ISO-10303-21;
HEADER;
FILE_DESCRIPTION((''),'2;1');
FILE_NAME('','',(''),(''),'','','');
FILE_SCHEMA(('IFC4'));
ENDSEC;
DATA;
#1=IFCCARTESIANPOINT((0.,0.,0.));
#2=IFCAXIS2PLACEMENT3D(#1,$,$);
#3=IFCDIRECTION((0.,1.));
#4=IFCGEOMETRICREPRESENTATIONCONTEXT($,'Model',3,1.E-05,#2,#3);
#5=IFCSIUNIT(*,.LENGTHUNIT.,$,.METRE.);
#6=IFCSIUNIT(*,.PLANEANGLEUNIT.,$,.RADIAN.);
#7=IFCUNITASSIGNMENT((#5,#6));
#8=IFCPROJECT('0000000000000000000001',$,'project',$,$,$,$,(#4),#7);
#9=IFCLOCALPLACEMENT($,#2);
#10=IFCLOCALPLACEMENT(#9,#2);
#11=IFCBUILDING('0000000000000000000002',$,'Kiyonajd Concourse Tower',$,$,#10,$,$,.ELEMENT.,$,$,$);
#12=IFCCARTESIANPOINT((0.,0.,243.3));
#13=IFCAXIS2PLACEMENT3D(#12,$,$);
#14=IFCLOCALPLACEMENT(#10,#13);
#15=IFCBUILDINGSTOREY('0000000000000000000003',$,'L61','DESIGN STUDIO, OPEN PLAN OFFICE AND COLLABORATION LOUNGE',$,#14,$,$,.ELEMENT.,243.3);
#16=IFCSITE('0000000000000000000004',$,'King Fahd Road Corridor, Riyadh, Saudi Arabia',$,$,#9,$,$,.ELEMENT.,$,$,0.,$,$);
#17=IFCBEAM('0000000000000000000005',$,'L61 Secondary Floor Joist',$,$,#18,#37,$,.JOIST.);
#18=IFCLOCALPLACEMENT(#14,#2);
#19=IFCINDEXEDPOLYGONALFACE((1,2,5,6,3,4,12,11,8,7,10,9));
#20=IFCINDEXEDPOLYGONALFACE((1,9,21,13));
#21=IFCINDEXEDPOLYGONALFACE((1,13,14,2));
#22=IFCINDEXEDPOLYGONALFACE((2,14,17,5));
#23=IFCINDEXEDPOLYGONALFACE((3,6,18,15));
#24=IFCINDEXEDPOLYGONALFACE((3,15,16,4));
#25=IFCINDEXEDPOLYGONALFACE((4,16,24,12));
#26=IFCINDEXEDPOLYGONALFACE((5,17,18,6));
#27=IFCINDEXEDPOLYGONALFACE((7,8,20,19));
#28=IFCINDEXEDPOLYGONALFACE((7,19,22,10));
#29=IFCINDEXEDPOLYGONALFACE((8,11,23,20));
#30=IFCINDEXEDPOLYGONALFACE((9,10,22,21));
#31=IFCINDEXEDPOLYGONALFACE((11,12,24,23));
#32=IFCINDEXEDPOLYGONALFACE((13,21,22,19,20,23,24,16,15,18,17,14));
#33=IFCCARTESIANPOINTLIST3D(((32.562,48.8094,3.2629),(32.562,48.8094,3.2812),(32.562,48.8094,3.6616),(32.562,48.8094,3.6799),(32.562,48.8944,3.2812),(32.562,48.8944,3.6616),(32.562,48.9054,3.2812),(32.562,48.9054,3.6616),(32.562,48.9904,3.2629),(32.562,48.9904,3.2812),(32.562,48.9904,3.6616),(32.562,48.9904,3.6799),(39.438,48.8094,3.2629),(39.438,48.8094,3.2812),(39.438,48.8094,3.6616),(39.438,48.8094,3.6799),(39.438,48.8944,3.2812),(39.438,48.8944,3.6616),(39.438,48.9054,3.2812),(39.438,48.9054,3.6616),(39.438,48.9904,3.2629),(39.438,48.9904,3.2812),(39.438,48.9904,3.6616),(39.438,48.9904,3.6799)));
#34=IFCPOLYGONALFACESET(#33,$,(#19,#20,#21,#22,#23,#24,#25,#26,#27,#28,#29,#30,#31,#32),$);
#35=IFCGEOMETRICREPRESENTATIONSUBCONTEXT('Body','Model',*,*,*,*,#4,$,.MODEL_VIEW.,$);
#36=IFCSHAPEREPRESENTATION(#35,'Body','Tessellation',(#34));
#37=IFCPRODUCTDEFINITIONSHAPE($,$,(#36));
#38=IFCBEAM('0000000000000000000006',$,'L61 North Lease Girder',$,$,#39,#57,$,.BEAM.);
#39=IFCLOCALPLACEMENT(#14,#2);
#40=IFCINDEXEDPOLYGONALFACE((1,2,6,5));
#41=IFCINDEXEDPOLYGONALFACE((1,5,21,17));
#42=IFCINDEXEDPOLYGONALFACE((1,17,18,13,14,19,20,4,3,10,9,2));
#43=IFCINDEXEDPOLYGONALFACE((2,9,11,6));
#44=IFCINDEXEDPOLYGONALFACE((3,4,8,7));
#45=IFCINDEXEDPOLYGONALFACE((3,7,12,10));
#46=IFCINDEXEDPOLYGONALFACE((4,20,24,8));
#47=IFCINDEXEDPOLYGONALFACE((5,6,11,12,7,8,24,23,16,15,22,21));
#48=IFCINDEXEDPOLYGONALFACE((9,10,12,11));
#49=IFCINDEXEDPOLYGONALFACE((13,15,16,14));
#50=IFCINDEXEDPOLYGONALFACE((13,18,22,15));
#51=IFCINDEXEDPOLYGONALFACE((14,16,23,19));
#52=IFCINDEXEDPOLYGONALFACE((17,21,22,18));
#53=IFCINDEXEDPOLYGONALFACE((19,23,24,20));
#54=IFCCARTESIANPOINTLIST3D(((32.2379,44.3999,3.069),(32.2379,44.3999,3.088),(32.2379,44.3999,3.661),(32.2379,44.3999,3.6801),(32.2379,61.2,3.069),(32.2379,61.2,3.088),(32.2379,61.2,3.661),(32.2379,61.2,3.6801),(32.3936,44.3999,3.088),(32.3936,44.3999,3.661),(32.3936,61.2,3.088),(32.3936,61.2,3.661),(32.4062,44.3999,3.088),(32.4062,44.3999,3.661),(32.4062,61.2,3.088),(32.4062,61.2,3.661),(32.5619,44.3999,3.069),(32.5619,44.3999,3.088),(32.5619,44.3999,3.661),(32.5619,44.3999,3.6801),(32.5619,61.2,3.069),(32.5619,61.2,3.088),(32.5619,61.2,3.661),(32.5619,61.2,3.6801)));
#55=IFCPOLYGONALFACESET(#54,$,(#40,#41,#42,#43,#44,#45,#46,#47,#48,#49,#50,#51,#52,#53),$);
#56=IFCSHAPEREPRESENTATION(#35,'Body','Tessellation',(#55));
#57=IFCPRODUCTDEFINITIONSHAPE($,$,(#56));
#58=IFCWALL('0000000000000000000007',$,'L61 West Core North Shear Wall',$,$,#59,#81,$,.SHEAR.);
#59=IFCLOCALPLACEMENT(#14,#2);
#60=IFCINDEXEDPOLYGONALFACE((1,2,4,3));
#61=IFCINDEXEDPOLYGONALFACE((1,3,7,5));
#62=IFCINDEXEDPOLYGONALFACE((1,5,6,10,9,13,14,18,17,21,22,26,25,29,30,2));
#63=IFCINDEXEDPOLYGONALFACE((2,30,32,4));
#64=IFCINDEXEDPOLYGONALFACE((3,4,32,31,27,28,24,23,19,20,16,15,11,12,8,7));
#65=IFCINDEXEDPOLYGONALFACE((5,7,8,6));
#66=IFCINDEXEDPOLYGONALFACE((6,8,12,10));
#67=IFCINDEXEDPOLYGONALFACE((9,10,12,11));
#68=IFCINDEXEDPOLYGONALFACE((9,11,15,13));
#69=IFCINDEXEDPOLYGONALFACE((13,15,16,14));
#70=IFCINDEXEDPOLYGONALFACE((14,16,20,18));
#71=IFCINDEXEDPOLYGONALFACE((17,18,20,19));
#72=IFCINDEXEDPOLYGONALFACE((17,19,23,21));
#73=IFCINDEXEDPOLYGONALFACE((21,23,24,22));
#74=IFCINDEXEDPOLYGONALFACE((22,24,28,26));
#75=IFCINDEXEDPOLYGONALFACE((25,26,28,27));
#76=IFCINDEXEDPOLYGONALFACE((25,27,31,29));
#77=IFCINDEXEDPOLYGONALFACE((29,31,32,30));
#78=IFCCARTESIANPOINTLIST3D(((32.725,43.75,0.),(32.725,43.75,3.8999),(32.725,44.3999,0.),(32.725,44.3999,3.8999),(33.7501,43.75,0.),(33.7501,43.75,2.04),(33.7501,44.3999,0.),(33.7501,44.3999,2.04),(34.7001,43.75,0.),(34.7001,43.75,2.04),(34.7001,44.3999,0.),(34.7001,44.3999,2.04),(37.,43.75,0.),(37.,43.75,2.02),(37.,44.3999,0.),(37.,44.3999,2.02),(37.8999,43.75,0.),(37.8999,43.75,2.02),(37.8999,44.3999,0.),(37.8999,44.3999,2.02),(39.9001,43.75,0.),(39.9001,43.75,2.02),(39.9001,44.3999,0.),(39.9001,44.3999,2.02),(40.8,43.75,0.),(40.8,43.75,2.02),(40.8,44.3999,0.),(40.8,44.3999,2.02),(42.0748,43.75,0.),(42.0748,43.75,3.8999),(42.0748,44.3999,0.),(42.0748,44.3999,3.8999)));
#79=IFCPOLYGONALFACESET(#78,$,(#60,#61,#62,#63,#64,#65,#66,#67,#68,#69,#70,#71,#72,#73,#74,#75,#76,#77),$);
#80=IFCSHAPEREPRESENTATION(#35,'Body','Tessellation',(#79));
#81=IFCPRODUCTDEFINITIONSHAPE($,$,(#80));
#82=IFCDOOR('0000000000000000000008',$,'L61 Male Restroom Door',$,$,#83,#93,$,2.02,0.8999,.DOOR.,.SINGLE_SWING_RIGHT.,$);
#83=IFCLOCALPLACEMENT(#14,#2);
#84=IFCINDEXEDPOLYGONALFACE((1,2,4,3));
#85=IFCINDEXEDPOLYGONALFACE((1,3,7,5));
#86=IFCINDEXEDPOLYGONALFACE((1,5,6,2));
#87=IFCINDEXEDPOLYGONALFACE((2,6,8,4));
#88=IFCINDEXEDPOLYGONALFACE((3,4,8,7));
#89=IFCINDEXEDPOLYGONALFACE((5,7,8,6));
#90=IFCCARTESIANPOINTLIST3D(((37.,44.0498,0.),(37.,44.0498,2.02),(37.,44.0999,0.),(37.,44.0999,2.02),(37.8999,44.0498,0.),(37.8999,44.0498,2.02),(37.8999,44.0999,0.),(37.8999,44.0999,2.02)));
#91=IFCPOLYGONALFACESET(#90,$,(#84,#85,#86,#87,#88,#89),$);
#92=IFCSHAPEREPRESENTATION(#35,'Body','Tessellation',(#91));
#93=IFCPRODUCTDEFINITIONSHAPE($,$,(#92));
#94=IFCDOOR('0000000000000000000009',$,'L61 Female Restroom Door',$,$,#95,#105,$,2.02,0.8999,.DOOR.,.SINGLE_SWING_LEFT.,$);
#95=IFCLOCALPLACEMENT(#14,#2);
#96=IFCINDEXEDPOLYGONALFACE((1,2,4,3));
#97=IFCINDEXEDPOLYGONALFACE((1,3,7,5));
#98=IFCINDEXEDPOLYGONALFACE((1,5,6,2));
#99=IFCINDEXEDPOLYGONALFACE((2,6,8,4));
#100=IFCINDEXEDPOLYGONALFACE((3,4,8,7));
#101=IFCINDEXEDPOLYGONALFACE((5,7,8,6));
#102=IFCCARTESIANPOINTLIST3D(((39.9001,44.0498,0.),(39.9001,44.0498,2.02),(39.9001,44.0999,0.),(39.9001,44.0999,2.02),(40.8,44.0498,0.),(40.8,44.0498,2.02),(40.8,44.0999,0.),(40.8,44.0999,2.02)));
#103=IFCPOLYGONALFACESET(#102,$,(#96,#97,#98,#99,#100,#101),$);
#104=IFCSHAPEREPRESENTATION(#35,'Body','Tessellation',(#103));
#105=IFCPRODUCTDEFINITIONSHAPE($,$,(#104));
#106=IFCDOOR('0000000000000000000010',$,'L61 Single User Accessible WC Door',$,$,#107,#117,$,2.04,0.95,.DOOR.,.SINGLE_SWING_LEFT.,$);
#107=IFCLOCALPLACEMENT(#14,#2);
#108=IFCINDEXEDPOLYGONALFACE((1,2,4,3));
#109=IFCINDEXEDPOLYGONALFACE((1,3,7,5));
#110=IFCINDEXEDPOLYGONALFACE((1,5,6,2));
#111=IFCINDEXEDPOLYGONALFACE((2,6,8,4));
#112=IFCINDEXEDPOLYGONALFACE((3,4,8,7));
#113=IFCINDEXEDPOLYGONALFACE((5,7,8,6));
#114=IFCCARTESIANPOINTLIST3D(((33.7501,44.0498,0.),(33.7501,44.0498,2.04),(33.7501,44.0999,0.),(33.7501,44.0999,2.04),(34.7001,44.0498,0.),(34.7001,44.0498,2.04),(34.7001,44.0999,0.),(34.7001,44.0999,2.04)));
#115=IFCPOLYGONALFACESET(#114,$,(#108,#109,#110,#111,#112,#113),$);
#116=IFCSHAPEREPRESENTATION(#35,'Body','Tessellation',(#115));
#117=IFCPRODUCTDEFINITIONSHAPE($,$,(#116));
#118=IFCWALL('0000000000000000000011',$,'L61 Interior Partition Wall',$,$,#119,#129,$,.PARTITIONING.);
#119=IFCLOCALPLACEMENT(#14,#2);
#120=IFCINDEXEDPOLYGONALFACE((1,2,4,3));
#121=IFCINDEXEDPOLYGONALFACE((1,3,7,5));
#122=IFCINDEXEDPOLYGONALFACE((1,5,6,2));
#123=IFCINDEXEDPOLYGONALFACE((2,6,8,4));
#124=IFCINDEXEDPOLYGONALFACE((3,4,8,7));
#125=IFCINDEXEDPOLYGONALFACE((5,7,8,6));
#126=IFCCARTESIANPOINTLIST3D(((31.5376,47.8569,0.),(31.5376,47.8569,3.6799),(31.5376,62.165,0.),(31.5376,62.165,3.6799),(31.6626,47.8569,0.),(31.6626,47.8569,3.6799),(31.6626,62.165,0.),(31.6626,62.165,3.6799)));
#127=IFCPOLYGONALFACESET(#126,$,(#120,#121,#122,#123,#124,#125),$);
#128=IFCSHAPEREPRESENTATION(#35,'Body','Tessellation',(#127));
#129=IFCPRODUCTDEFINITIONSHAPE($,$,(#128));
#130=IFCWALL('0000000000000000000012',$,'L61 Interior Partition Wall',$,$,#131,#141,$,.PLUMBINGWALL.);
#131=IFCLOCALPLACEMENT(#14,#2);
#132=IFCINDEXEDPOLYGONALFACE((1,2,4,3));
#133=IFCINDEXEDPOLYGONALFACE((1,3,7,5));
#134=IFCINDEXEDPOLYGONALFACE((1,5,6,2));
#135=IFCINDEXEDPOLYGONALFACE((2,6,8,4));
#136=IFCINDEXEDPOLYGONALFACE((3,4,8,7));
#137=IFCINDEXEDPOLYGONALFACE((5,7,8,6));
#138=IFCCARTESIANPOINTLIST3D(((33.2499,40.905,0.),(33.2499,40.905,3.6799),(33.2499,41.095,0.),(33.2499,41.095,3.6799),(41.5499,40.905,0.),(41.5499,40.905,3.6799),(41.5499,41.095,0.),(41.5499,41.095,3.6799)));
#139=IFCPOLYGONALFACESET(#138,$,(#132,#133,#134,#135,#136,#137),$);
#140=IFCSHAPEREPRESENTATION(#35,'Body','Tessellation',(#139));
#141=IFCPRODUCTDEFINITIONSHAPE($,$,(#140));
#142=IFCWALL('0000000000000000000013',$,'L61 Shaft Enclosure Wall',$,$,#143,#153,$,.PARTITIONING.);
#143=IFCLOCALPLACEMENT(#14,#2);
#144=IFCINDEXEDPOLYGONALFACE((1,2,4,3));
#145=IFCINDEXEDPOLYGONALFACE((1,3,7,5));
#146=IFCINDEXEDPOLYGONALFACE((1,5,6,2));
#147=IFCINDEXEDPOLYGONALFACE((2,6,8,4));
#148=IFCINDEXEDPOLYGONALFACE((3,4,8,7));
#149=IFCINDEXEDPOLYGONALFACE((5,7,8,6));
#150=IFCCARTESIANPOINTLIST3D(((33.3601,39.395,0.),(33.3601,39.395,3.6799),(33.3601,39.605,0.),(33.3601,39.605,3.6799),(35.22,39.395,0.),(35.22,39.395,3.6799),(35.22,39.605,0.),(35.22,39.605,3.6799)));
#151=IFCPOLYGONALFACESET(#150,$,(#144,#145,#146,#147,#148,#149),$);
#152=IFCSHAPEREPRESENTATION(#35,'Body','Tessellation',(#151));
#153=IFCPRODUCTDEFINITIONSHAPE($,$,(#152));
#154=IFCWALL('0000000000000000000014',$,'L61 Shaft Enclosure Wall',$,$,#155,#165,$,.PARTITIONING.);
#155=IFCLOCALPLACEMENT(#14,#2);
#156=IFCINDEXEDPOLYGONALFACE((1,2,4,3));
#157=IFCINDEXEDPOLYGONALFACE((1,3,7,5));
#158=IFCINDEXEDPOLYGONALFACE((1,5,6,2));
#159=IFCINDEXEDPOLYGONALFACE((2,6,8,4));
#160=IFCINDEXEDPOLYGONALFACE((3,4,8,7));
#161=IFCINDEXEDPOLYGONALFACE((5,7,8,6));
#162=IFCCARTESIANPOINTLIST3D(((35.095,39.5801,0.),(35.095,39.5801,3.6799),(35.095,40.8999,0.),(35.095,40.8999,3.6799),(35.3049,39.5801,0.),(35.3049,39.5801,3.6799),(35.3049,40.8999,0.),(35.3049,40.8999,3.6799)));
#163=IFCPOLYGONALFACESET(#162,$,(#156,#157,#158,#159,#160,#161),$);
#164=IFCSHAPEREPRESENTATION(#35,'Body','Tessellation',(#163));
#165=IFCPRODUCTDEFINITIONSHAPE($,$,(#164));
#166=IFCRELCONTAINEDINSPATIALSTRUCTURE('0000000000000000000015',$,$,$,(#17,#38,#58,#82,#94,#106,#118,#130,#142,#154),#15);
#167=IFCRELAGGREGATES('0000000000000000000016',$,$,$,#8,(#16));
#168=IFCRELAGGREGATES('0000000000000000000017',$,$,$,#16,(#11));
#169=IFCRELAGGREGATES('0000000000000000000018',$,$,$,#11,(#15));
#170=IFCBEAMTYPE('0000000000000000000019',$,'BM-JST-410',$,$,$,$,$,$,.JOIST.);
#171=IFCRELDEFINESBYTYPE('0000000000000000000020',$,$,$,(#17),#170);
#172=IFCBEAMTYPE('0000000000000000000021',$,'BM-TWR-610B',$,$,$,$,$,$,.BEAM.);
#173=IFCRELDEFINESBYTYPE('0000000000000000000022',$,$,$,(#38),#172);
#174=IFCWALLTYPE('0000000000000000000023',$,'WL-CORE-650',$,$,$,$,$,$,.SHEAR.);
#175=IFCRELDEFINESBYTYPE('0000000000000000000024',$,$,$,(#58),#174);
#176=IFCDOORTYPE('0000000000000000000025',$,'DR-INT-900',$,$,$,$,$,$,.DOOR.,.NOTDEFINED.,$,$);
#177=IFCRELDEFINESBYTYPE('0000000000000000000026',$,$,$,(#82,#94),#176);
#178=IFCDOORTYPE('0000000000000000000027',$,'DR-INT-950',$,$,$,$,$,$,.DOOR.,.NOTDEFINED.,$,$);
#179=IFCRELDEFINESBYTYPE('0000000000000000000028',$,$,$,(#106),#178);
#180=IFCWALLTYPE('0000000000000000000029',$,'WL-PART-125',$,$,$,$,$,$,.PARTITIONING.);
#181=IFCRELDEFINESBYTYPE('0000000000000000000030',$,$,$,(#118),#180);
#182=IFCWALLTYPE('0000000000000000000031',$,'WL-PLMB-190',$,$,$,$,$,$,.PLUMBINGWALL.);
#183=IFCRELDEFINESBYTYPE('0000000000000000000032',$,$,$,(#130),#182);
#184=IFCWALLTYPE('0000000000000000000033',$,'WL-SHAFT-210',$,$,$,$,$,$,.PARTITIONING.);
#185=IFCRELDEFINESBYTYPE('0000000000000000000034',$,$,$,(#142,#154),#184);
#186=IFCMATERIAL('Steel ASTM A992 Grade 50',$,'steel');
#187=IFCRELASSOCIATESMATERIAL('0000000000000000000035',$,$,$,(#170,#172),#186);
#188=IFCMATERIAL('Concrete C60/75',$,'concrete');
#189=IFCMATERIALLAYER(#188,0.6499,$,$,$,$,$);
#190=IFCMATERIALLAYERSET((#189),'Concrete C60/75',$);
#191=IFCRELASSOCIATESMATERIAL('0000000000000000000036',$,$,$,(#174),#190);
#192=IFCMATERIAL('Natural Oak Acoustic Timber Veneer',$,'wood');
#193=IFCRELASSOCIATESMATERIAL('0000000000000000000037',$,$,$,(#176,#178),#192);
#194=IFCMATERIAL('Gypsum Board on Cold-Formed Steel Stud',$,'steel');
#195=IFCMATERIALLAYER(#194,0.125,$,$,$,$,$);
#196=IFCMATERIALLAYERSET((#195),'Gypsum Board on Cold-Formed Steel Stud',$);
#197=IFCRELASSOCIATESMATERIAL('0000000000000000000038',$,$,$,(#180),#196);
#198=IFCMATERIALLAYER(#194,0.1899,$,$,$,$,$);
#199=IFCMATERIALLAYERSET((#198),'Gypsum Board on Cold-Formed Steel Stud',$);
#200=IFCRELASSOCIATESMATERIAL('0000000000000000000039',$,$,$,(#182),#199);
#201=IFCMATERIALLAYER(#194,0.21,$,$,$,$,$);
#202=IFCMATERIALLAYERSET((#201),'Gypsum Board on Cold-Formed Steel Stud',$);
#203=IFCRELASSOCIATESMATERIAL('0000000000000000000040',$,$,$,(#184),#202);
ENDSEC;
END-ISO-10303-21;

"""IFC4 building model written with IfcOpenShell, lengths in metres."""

from ifc_helpers import new_model, si_unit, direction, frame, frame_2d, origin, origin_2d, place, context, subcontext, project, spatial, rectangle, i_section, extrude, material, layer, layer_set, material_profile, profile_set, type_object, element, fill, save


model = new_model("IFC4")

# Units and contexts
model_context = context("Model", 3, precision=1e-05, world=origin(), true_north=direction((0.0, 1.0)))
body_context = subcontext(model_context, "Body", "Model", "MODEL_VIEW")
ifc_project = project(units=[si_unit("LENGTHUNIT", "METRE"), si_unit("PLANEANGLEUNIT", "RADIAN")], contexts=[model_context])

# Site, building, storey
site_placement = place(None, origin())
site = spatial("IfcSite", under=ifc_project, at=site_placement, Name="King Fahd Road Corridor, Riyadh, Saudi Arabia", CompositionType="ELEMENT", RefElevation=0.0)
building_placement = place(site_placement, origin())
building = spatial("IfcBuilding", under=site, at=building_placement, Name="Kiyonajd Concourse Tower", CompositionType="ELEMENT")
storey_placement = place(building_placement, frame((0.0, 0.0, 243.3)))
storey = spatial("IfcBuildingStorey", under=building, at=storey_placement, Name="L61", Description="DESIGN STUDIO, OPEN PLAN OFFICE AND COLLABORATION LOUNGE", CompositionType="ELEMENT", Elevation=243.3)

# Beams
ifc_material_1 = material(Name="Steel ASTM A992 Grade 50", Category="steel")
ifc_material_profile_1 = material_profile(ifc_material_1, i_section(OverallWidth=0.1809, OverallDepth=0.417, WebThickness=0.011, FlangeThickness=0.0183, at=origin_2d()), Name="W410X85")
ifc_profile_set_1 = profile_set([ifc_material_profile_1], Name="Steel ASTM A992 Grade 50")
beam_type_1 = type_object("IfcBeamType", Name="BM-JST-410", PredefinedType="JOIST", material=ifc_profile_set_1)
beam_1_placement = place(storey_placement, frame((32.562, 48.8999, 3.4714), z_axis=(1.0, 0.0, 0.0), x_axis=(0.0, 1.0, 0.0)))
element("IfcBeam", 1, at=beam_1_placement, inside=storey, type_object=beam_type_1, Name="L61 Secondary Floor Joist", PredefinedType="JOIST", context=body_context, shape_type="SweptSolid", body=[
    extrude(i_section(OverallWidth=0.1809, OverallDepth=0.417, WebThickness=0.011, FlangeThickness=0.0183, at=origin_2d()), origin(), (0.0, 0.0, 1.0), 6.876),
])
ifc_material_profile_2 = material_profile(ifc_material_1, i_section(OverallWidth=0.324, OverallDepth=0.6111, WebThickness=0.0127, FlangeThickness=0.019, at=origin_2d()), Name="W610X155")
ifc_profile_set_2 = profile_set([ifc_material_profile_2], Name="Steel ASTM A992 Grade 50")
beam_type_2 = type_object("IfcBeamType", Name="BM-TWR-610B", PredefinedType="BEAM", material=ifc_profile_set_2)
beam_2_placement = place(storey_placement, frame((32.3999, 44.3999, 3.3745), z_axis=(0.0, 1.0, 0.0), x_axis=(-1.0, 0.0, 0.0)))
element("IfcBeam", 2, at=beam_2_placement, inside=storey, type_object=beam_type_2, Name="L61 North Lease Girder", PredefinedType="BEAM", context=body_context, shape_type="SweptSolid", body=[
    extrude(i_section(OverallWidth=0.324, OverallDepth=0.6111, WebThickness=0.0127, FlangeThickness=0.019, at=origin_2d()), origin(), (0.0, 0.0, 1.0), 16.8),
])

# Wall, openings, doors
ifc_material_2 = material(Name="Concrete C60/75", Category="concrete")
ifc_layer_1 = layer(ifc_material_2, 0.6499)
ifc_layer_set_1 = layer_set([ifc_layer_1], Name="Concrete C60/75")
wall_type_1 = type_object("IfcWallType", Name="WL-CORE-650", PredefinedType="SHEAR", material=ifc_layer_set_1)
wall_1_placement = place(storey_placement, frame((32.7251, 44.075, 0.0), z_axis=(0.0, 0.0, 1.0), x_axis=(1.0, 0.0, 0.0)))
wall_1 = element("IfcWall", 3, at=wall_1_placement, inside=storey, type_object=wall_type_1, Name="L61 West Core North Shear Wall", PredefinedType="SHEAR", context=body_context, shape_type="SweptSolid", body=[
    extrude(rectangle(XDim=9.3499, YDim=0.6499, at=frame_2d((4.6748, 0.0))), origin(), (0.0, 0.0, 1.0), 3.8999),
])
opening_1_placement = place(wall_1_placement, frame((1.0249, 0.0, 0.0)))
opening_1 = element("IfcOpeningElement", 4, at=opening_1_placement, cuts=wall_1, PredefinedType="OPENING", context=body_context, shape_type="SweptSolid", body=[
    extrude(rectangle(XDim=0.95, YDim=2.04, at=frame_2d((0.4751, 1.02))), frame((0.0, 0.335, 0.0), z_axis=(0.0, -1.0, 0.0), x_axis=(1.0, 0.0, 0.0)), (0.0, 0.0, 1.0), 0.6699),
])
opening_2_placement = place(wall_1_placement, frame((4.2749, 0.0, 0.0)))
opening_2 = element("IfcOpeningElement", 5, at=opening_2_placement, cuts=wall_1, PredefinedType="OPENING", context=body_context, shape_type="SweptSolid", body=[
    extrude(rectangle(XDim=0.8999, YDim=2.02, at=frame_2d((0.45, 1.01))), frame((0.0, 0.335, 0.0), z_axis=(0.0, -1.0, 0.0), x_axis=(1.0, 0.0, 0.0)), (0.0, 0.0, 1.0), 0.6699),
])
opening_3_placement = place(wall_1_placement, frame((7.175, 0.0, 0.0)))
opening_3 = element("IfcOpeningElement", 6, at=opening_3_placement, cuts=wall_1, PredefinedType="OPENING", context=body_context, shape_type="SweptSolid", body=[
    extrude(rectangle(XDim=0.8999, YDim=2.02, at=frame_2d((0.45, 1.01))), frame((0.0, 0.335, 0.0), z_axis=(0.0, -1.0, 0.0), x_axis=(1.0, 0.0, 0.0)), (0.0, 0.0, 1.0), 0.6699),
])
ifc_material_3 = material(Name="Natural Oak Acoustic Timber Veneer", Category="wood")
door_type_1 = type_object("IfcDoorType", Name="DR-INT-900", OperationType="NOTDEFINED", PredefinedType="DOOR", material=ifc_material_3)
door_1_placement = place(opening_2_placement, origin())
door_1 = element("IfcDoor", 7, at=door_1_placement, inside=storey, type_object=door_type_1, Name="L61 Male Restroom Door", OperationType="SINGLE_SWING_RIGHT", OverallHeight=2.02, OverallWidth=0.8999, PredefinedType="DOOR", context=body_context, shape_type="SweptSolid", body=[
    extrude(rectangle(XDim=0.8999, YDim=2.02, at=frame_2d((0.45, 1.01))), frame((0.0, 0.0249, 0.0), z_axis=(0.0, -1.0, 0.0), x_axis=(1.0, 0.0, 0.0)), (0.0, 0.0, 1.0), 0.05),
])
fill(opening_2, door_1)
door_2_placement = place(opening_3_placement, origin())
door_2 = element("IfcDoor", 8, at=door_2_placement, inside=storey, type_object=door_type_1, Name="L61 Female Restroom Door", OperationType="SINGLE_SWING_LEFT", OverallHeight=2.02, OverallWidth=0.8999, PredefinedType="DOOR", context=body_context, shape_type="SweptSolid", body=[
    extrude(rectangle(XDim=0.8999, YDim=2.02, at=frame_2d((0.45, 1.01))), frame((0.0, 0.0249, 0.0), z_axis=(0.0, -1.0, 0.0), x_axis=(1.0, 0.0, 0.0)), (0.0, 0.0, 1.0), 0.05),
])
fill(opening_3, door_2)
door_type_2 = type_object("IfcDoorType", Name="DR-INT-950", OperationType="NOTDEFINED", PredefinedType="DOOR", material=ifc_material_3)
door_3_placement = place(opening_1_placement, origin())
door_3 = element("IfcDoor", 9, at=door_3_placement, inside=storey, type_object=door_type_2, Name="L61 Single User Accessible WC Door", OperationType="SINGLE_SWING_LEFT", OverallHeight=2.04, OverallWidth=0.95, PredefinedType="DOOR", context=body_context, shape_type="SweptSolid", body=[
    extrude(rectangle(XDim=0.95, YDim=2.04, at=frame_2d((0.4751, 1.02))), frame((0.0, 0.0249, 0.0), z_axis=(0.0, -1.0, 0.0), x_axis=(1.0, 0.0, 0.0)), (0.0, 0.0, 1.0), 0.05),
])
fill(opening_1, door_3)

# Walls
ifc_material_4 = material(Name="Gypsum Board on Cold-Formed Steel Stud", Category="steel")
ifc_layer_2 = layer(ifc_material_4, 0.125)
ifc_layer_set_2 = layer_set([ifc_layer_2], Name="Gypsum Board on Cold-Formed Steel Stud")
wall_type_2 = type_object("IfcWallType", Name="WL-PART-125", PredefinedType="PARTITIONING", material=ifc_layer_set_2)
wall_2_placement = place(storey_placement, frame((31.6001, 47.8569, 0.0), z_axis=(0.0, 0.0, 1.0), x_axis=(0.0, 1.0, 0.0)))
element("IfcWall", 10, at=wall_2_placement, inside=storey, type_object=wall_type_2, Name="L61 Interior Partition Wall", PredefinedType="PARTITIONING", context=body_context, shape_type="SweptSolid", body=[
    extrude(rectangle(XDim=14.3081, YDim=0.125, at=frame_2d((7.1541, 0.0))), origin(), (0.0, 0.0, 1.0), 3.6799),
])
ifc_layer_3 = layer(ifc_material_4, 0.1899)
ifc_layer_set_3 = layer_set([ifc_layer_3], Name="Gypsum Board on Cold-Formed Steel Stud")
wall_type_3 = type_object("IfcWallType", Name="WL-PLMB-190", PredefinedType="PLUMBINGWALL", material=ifc_layer_set_3)
wall_3_placement = place(storey_placement, frame((33.25, 41.0, 0.0), z_axis=(0.0, 0.0, 1.0), x_axis=(1.0, 0.0, 0.0)))
element("IfcWall", 11, at=wall_3_placement, inside=storey, type_object=wall_type_3, Name="L61 Interior Partition Wall", PredefinedType="PLUMBINGWALL", context=body_context, shape_type="SweptSolid", body=[
    extrude(rectangle(XDim=8.3, YDim=0.1899, at=frame_2d((4.1499, 0.0))), origin(), (0.0, 0.0, 1.0), 3.6799),
])
ifc_layer_4 = layer(ifc_material_4, 0.21)
ifc_layer_set_4 = layer_set([ifc_layer_4], Name="Gypsum Board on Cold-Formed Steel Stud")
wall_type_4 = type_object("IfcWallType", Name="WL-SHAFT-210", PredefinedType="PARTITIONING", material=ifc_layer_set_4)
wall_4_placement = place(storey_placement, frame((33.3601, 39.5, 0.0), z_axis=(0.0, 0.0, 1.0), x_axis=(1.0, 0.0, 0.0)))
element("IfcWall", 12, at=wall_4_placement, inside=storey, type_object=wall_type_4, Name="L61 Shaft Enclosure Wall", PredefinedType="PARTITIONING", context=body_context, shape_type="SweptSolid", body=[
    extrude(rectangle(XDim=1.8599, YDim=0.21, at=frame_2d((0.9299, 0.0))), origin(), (0.0, 0.0, 1.0), 3.6799),
])
wall_5_placement = place(storey_placement, frame((35.2, 39.5801, 0.0), z_axis=(0.0, 0.0, 1.0), x_axis=(0.0, 1.0, 0.0)))
element("IfcWall", 13, at=wall_5_placement, inside=storey, type_object=wall_type_4, Name="L61 Shaft Enclosure Wall", PredefinedType="PARTITIONING", context=body_context, shape_type="SweptSolid", body=[
    extrude(rectangle(XDim=1.3198, YDim=0.21, at=frame_2d((0.6599, 0.0))), origin(), (0.0, 0.0, 1.0), 3.6799),
])

save(model, "model.ifc")
